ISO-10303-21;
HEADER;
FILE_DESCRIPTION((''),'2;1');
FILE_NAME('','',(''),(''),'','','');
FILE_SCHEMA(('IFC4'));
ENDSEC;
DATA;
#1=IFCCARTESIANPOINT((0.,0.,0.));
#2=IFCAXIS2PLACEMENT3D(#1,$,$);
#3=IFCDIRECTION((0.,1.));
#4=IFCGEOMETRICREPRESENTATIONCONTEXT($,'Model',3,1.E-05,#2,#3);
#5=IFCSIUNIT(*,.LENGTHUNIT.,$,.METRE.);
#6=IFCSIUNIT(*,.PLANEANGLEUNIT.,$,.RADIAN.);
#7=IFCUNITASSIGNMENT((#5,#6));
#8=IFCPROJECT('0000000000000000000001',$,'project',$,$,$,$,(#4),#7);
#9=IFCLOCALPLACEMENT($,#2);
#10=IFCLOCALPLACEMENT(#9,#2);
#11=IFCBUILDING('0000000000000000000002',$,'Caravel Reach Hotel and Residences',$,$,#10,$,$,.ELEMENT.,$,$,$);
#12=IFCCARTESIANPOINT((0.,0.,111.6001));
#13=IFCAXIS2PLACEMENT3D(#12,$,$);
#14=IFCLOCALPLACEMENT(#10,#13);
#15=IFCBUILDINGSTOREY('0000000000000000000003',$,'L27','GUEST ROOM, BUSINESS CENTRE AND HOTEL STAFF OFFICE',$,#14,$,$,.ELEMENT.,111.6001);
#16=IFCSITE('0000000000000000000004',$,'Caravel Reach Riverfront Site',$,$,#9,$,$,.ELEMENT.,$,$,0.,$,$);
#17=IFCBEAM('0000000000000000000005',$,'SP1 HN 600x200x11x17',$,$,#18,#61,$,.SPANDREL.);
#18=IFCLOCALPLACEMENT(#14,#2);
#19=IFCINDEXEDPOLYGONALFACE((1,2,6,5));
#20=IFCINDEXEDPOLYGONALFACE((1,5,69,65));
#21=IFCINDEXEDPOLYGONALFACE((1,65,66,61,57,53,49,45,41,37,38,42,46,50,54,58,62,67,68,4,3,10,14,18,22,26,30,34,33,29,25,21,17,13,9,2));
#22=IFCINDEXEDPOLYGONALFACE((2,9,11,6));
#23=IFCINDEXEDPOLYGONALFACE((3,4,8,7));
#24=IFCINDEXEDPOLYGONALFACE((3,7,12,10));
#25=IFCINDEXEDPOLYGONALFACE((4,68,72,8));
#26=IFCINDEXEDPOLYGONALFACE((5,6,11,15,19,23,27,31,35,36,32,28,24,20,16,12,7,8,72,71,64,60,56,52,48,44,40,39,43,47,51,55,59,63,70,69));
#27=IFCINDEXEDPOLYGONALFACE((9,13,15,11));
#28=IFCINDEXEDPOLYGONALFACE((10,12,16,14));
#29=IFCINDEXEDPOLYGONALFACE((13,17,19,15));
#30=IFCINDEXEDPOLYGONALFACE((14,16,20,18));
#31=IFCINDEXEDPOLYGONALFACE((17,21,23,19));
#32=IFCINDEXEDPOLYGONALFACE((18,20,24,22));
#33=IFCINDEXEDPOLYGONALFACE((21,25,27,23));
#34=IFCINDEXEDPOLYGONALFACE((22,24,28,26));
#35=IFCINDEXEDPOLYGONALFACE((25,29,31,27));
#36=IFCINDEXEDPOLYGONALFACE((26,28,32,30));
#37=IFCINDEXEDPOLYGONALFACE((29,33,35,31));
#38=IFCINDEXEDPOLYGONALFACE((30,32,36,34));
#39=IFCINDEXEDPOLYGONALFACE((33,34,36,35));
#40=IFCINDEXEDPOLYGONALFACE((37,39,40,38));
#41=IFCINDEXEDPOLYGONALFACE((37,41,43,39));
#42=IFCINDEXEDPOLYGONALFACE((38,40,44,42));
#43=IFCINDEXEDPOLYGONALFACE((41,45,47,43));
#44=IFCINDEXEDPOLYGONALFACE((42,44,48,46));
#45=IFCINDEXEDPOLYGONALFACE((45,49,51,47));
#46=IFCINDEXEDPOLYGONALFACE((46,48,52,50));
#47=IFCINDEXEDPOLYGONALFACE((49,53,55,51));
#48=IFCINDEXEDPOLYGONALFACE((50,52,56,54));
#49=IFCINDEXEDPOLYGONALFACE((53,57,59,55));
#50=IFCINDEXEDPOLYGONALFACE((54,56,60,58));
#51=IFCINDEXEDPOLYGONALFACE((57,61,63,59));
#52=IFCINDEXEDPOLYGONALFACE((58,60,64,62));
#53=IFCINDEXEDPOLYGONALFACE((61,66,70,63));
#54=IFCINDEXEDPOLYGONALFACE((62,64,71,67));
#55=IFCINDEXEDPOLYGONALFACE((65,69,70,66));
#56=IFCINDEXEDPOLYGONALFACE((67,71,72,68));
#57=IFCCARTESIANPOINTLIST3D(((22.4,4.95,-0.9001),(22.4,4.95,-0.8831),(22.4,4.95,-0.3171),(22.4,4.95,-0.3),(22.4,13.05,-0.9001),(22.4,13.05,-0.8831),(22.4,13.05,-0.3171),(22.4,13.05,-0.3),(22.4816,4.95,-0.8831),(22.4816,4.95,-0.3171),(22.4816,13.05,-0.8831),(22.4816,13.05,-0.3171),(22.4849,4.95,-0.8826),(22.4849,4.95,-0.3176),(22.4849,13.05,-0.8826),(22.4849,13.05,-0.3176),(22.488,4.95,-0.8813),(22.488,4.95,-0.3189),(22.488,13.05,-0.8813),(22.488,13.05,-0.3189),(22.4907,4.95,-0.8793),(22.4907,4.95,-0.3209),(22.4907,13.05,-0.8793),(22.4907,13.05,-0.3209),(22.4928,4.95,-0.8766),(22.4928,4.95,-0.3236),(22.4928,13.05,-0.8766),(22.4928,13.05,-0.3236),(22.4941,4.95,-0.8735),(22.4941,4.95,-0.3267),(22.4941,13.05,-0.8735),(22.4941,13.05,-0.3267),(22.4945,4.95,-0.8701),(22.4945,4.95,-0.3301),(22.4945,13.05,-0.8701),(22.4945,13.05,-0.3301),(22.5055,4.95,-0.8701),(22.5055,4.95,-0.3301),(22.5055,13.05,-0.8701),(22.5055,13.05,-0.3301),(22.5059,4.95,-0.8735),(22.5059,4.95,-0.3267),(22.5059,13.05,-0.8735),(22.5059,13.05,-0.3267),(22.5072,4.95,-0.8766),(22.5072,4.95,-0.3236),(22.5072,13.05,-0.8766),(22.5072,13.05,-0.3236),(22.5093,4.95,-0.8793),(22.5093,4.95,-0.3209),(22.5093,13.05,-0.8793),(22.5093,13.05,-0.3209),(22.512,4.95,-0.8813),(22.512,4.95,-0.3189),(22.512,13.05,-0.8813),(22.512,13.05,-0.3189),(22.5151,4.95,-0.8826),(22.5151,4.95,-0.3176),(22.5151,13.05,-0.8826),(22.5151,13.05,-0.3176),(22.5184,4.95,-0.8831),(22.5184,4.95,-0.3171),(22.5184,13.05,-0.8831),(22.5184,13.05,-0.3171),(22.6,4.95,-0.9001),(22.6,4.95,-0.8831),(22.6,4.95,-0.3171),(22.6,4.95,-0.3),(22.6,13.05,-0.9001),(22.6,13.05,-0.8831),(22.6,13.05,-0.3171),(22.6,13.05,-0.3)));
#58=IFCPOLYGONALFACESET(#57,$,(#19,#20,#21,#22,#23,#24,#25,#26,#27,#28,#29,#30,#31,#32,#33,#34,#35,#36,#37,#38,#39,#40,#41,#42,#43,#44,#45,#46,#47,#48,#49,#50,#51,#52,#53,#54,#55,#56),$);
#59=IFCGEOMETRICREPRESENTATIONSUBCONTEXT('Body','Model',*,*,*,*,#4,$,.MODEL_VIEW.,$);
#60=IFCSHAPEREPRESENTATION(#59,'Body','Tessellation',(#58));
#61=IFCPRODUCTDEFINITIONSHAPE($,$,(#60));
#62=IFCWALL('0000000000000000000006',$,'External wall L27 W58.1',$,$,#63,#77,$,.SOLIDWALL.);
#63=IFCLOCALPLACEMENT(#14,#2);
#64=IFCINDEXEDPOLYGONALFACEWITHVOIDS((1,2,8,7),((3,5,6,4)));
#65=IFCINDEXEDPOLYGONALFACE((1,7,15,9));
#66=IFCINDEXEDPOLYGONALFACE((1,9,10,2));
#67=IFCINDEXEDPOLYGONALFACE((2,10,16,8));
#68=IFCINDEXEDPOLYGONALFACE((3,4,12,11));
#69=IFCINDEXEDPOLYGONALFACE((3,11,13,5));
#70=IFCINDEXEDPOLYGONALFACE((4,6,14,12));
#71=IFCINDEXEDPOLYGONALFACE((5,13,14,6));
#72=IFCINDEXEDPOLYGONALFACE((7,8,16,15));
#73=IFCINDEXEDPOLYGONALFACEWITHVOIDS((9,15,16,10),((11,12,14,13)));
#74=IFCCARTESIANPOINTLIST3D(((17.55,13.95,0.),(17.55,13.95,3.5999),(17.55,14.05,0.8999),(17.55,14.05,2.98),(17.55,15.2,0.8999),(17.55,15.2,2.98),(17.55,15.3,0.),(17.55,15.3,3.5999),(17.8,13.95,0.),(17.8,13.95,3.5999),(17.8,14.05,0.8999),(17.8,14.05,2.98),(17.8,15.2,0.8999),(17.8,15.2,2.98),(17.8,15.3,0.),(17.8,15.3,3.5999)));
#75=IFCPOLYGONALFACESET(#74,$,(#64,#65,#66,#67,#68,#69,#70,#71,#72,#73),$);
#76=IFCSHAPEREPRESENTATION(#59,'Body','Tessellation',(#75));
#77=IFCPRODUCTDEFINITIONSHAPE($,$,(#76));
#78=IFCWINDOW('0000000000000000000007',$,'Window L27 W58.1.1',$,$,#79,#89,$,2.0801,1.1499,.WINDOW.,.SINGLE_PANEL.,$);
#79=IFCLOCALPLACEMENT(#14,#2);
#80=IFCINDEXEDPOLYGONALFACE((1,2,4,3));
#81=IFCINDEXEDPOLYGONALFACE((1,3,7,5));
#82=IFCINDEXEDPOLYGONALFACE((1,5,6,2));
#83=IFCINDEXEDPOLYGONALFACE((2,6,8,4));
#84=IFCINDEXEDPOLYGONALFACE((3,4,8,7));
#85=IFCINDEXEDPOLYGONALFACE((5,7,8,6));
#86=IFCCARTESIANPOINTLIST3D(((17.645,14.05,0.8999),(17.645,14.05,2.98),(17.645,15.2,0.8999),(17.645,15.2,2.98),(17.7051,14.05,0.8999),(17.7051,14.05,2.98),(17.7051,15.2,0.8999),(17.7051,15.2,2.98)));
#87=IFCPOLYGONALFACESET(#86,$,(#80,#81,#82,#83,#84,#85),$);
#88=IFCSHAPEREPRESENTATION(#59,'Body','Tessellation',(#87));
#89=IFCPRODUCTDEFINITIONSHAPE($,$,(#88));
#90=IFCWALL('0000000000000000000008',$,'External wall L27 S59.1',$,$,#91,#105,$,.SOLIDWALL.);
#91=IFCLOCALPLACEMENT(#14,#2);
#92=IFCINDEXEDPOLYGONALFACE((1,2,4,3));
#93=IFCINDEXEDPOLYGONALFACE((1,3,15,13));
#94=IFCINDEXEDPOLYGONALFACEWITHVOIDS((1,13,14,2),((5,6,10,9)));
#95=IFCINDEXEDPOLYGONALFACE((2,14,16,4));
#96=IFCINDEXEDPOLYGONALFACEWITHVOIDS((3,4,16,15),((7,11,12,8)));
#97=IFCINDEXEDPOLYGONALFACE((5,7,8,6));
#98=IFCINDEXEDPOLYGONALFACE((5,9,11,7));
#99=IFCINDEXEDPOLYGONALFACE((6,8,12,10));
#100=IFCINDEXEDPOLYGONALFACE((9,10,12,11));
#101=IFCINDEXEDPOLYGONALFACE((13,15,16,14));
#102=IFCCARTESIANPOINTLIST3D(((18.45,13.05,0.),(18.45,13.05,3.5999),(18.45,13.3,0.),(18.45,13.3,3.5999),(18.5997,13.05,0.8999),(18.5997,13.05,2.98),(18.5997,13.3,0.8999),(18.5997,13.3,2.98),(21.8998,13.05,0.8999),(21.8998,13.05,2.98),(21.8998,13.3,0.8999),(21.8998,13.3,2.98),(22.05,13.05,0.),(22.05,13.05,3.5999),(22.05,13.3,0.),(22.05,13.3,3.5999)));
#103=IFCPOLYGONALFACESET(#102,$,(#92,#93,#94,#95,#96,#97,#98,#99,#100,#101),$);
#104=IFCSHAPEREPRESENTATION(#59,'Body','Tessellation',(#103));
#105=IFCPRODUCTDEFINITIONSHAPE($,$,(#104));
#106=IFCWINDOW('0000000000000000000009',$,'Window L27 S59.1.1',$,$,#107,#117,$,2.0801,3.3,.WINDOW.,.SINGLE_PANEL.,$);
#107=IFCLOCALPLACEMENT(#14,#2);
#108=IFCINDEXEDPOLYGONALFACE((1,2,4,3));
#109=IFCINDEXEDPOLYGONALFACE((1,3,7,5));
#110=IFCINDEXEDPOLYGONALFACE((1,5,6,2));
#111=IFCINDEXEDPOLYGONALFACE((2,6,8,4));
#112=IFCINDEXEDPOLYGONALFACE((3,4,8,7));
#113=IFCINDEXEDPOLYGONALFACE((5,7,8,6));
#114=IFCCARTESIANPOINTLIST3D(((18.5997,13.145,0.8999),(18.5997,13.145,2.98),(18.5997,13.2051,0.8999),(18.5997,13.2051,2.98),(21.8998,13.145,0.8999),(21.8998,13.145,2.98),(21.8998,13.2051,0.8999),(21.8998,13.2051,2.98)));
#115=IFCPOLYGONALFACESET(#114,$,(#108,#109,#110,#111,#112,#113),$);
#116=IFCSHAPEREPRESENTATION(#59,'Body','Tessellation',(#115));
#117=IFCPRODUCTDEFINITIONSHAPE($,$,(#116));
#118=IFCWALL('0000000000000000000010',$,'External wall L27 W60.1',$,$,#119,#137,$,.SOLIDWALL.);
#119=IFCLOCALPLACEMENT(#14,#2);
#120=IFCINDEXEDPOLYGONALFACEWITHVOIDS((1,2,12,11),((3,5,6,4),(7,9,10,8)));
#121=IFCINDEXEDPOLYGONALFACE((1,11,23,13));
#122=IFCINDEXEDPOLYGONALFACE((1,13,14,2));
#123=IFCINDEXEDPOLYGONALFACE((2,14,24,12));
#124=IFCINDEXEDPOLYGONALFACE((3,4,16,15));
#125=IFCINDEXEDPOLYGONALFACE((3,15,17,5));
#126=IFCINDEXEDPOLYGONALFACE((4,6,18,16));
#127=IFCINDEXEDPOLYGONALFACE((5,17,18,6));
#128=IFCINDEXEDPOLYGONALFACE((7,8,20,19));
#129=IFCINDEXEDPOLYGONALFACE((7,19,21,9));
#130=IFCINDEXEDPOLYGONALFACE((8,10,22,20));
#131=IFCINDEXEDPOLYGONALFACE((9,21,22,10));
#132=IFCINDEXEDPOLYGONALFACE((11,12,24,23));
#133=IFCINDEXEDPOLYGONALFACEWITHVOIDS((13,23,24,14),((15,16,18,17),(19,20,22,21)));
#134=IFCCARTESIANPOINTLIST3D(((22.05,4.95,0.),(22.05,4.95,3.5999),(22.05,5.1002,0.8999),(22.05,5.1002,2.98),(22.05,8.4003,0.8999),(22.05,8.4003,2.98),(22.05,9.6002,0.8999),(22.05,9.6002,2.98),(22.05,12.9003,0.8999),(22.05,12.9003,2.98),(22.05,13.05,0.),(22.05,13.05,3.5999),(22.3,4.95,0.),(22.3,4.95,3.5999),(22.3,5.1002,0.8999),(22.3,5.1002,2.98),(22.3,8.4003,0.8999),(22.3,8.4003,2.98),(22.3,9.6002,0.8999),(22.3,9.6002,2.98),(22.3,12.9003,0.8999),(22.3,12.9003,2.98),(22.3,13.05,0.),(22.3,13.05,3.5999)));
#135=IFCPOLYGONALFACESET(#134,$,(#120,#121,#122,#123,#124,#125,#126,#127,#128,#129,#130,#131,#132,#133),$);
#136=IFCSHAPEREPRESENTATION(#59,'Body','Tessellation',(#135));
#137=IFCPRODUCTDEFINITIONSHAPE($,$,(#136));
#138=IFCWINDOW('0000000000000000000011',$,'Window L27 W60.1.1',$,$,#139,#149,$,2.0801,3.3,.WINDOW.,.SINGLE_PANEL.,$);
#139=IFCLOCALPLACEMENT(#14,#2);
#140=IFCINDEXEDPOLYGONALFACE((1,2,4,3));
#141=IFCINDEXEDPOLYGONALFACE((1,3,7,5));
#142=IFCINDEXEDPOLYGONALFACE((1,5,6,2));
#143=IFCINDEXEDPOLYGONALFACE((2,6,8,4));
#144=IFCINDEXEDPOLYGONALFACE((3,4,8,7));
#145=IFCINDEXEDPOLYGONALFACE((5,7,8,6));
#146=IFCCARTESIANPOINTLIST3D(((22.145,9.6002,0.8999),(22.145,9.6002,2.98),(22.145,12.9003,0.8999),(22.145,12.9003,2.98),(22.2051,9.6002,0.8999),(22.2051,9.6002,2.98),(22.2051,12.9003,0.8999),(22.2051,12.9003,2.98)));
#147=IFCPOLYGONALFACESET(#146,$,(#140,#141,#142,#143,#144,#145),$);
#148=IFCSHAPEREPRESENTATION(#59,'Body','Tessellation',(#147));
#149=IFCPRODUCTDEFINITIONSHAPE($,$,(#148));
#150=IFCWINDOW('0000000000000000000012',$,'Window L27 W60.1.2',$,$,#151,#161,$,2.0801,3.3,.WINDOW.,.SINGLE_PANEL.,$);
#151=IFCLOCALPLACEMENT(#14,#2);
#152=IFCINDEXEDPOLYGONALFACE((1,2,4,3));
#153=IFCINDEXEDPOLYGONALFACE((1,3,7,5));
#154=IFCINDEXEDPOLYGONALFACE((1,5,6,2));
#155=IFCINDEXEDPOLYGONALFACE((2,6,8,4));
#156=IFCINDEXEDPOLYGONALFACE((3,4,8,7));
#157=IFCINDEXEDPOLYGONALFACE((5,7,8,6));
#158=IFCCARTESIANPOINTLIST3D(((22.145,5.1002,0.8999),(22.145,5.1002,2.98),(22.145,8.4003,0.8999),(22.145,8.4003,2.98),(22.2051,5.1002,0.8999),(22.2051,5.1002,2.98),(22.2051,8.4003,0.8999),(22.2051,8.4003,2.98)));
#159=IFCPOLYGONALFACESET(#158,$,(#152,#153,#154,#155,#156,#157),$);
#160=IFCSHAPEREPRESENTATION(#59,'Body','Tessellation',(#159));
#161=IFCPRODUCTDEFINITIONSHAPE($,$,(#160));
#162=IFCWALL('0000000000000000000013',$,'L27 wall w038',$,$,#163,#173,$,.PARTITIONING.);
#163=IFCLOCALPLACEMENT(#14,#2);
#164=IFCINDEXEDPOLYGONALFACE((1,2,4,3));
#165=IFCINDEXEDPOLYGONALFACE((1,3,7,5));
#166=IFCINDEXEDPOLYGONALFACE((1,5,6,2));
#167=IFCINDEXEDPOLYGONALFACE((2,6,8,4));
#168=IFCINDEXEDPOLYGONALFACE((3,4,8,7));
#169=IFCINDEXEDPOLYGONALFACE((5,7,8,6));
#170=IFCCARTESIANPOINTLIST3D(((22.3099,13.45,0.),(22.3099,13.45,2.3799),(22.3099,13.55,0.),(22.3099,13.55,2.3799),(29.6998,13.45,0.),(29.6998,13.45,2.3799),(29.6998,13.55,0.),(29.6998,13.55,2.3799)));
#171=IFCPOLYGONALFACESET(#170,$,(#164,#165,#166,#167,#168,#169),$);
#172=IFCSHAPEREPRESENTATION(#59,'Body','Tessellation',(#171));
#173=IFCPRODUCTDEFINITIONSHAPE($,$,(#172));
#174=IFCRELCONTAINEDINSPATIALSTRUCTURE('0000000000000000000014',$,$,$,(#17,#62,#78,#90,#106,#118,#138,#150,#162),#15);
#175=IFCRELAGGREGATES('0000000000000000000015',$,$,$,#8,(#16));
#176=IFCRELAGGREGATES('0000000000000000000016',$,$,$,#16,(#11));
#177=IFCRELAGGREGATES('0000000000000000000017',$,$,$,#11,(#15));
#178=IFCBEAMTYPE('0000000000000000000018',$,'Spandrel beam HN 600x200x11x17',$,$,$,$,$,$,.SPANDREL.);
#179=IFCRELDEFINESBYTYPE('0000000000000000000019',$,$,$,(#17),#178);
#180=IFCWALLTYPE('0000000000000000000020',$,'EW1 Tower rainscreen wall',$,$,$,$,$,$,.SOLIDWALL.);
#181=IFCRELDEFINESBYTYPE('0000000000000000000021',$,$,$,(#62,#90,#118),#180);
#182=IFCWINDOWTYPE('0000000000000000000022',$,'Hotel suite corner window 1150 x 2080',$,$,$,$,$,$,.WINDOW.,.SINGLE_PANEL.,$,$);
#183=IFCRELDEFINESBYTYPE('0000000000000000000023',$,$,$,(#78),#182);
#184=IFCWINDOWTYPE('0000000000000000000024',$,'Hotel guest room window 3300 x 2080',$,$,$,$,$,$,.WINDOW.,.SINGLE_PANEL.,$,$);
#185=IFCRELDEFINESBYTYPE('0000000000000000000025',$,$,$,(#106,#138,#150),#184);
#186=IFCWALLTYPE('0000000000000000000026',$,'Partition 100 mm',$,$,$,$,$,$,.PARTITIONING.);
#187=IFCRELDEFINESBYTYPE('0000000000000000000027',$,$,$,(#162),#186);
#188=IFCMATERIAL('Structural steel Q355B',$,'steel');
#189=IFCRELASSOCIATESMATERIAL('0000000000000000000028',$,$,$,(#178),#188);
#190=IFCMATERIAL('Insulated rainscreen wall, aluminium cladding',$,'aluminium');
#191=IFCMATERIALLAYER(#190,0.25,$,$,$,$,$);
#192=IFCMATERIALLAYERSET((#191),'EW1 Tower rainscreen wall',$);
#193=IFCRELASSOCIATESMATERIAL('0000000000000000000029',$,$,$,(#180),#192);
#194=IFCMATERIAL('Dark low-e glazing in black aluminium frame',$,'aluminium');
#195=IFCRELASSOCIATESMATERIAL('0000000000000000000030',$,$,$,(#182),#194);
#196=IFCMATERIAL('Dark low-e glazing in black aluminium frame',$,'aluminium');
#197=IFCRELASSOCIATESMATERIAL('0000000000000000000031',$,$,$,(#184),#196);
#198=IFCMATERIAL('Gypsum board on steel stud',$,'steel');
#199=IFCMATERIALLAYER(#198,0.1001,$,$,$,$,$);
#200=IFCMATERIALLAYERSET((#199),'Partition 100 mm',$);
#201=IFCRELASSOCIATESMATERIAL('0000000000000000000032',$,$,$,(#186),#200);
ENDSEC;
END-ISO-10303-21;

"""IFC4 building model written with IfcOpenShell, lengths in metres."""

from ifc_helpers import new_model, si_unit, direction, frame, frame_2d, origin, origin_2d, place, context, subcontext, project, spatial, rectangle, i_section, extrude, material, layer, layer_set, material_profile, profile_set, type_object, element, fill, save


model = new_model("IFC4")

# Units and contexts
model_context = context("Model", 3, precision=1e-05, world=origin(), true_north=direction((0.0, 1.0)))
body_context = subcontext(model_context, "Body", "Model", "MODEL_VIEW")
ifc_project = project(units=[si_unit("LENGTHUNIT", "METRE"), si_unit("PLANEANGLEUNIT", "RADIAN")], contexts=[model_context])

# Site, building, storey
site_placement = place(None, origin())
site = spatial("IfcSite", under=ifc_project, at=site_placement, Name="Caravel Reach Riverfront Site", CompositionType="ELEMENT", RefElevation=0.0)
building_placement = place(site_placement, origin())
building = spatial("IfcBuilding", under=site, at=building_placement, Name="Caravel Reach Hotel and Residences", CompositionType="ELEMENT")
storey_placement = place(building_placement, frame((0.0, 0.0, 111.6001)))
storey = spatial("IfcBuildingStorey", under=building, at=storey_placement, Name="L27", Description="GUEST ROOM, BUSINESS CENTRE AND HOTEL STAFF OFFICE", CompositionType="ELEMENT", Elevation=111.6001)

# Beam
ifc_material_1 = material(Name="Structural steel Q355B", Category="steel")
ifc_material_profile_1 = material_profile(ifc_material_1, i_section(OverallWidth=0.2, OverallDepth=0.6001, WebThickness=0.011, FlangeThickness=0.0171, FilletRadius=0.0129, at=origin_2d()), Name="HN 600x200x11x17")
ifc_profile_set_1 = profile_set([ifc_material_profile_1], Name="Structural steel Q355B")
beam_type_1 = type_object("IfcBeamType", Name="Spandrel beam HN 600x200x11x17", PredefinedType="SPANDREL", material=ifc_profile_set_1)
beam_1_placement = place(storey_placement, frame((22.5, 13.05, -0.6001), z_axis=(0.0, -1.0, 0.0), x_axis=(1.0, 0.0, 0.0)))
element("IfcBeam", 1, at=beam_1_placement, inside=storey, type_object=beam_type_1, Name="SP1 HN 600x200x11x17", PredefinedType="SPANDREL", context=body_context, shape_type="SweptSolid", body=[
    extrude(i_section(OverallWidth=0.2, OverallDepth=0.6001, WebThickness=0.011, FlangeThickness=0.0171, FilletRadius=0.0129, at=origin_2d()), origin(), (0.0, 0.0, 1.0), 8.1001),
])

# Walls, openings, windows
ifc_material_2 = material(Name="Insulated rainscreen wall, aluminium cladding", Category="aluminium")
ifc_layer_1 = layer(ifc_material_2, 0.25)
ifc_layer_set_1 = layer_set([ifc_layer_1], Name="EW1 Tower rainscreen wall")
wall_type_1 = type_object("IfcWallType", Name="EW1 Tower rainscreen wall", PredefinedType="SOLIDWALL", material=ifc_layer_set_1)
wall_1_placement = place(storey_placement, frame((17.675, 15.3, 0.0), z_axis=(0.0, 0.0, 1.0), x_axis=(0.0, -1.0, 0.0)))
wall_1 = element("IfcWall", 2, at=wall_1_placement, inside=storey, type_object=wall_type_1, Name="External wall L27 W58.1", PredefinedType="SOLIDWALL", context=body_context, shape_type="SweptSolid", body=[
    extrude(rectangle(XDim=1.3501, YDim=0.25, at=frame_2d((0.675, 0.0))), origin(), (0.0, 0.0, 1.0), 3.5999),
])
opening_1_placement = place(wall_1_placement, frame((0.1001, 0.0, 0.8999)))
opening_1 = element("IfcOpeningElement", 3, at=opening_1_placement, cuts=wall_1, PredefinedType="OPENING", context=body_context, shape_type="SweptSolid", body=[
    extrude(rectangle(XDim=1.1499, YDim=2.0801, at=frame_2d((0.575, 1.04))), frame((0.0, 0.135, 0.0), z_axis=(0.0, -1.0, 0.0), x_axis=(1.0, 0.0, 0.0)), (0.0, 0.0, 1.0), 0.27),
])
ifc_material_3 = material(Name="Dark low-e glazing in black aluminium frame", Category="aluminium")
window_type_1 = type_object("IfcWindowType", Name="Hotel suite corner window 1150 x 2080", PartitioningType="SINGLE_PANEL", PredefinedType="WINDOW", material=ifc_material_3)
window_1_placement = place(opening_1_placement, origin())
window_1 = element("IfcWindow", 4, at=window_1_placement, inside=storey, type_object=window_type_1, Name="Window L27 W58.1.1", OverallHeight=2.0801, OverallWidth=1.1499, PartitioningType="SINGLE_PANEL", PredefinedType="WINDOW", context=body_context, shape_type="SweptSolid", body=[
    extrude(rectangle(XDim=1.1499, YDim=2.0801, at=frame_2d((0.575, 1.04))), frame((0.0, 0.03, 0.0), z_axis=(0.0, -1.0, 0.0), x_axis=(1.0, 0.0, 0.0)), (0.0, 0.0, 1.0), 0.0601),
])
fill(opening_1, window_1)
wall_2_placement = place(storey_placement, frame((18.45, 13.175, 0.0), z_axis=(0.0, 0.0, 1.0), x_axis=(1.0, 0.0, 0.0)))
wall_2 = element("IfcWall", 5, at=wall_2_placement, inside=storey, type_object=wall_type_1, Name="External wall L27 S59.1", PredefinedType="SOLIDWALL", context=body_context, shape_type="SweptSolid", body=[
    extrude(rectangle(XDim=3.6001, YDim=0.25, at=frame_2d((1.8, 0.0))), origin(), (0.0, 0.0, 1.0), 3.5999),
])
opening_2_placement = place(wall_2_placement, frame((0.1499, 0.0, 0.8999)))
opening_2 = element("IfcOpeningElement", 6, at=opening_2_placement, cuts=wall_2, PredefinedType="OPENING", context=body_context, shape_type="SweptSolid", body=[
    extrude(rectangle(XDim=3.3, YDim=2.0801, at=frame_2d((1.6499, 1.04))), frame((0.0, 0.135, 0.0), z_axis=(0.0, -1.0, 0.0), x_axis=(1.0, 0.0, 0.0)), (0.0, 0.0, 1.0), 0.27),
])
ifc_material_4 = material(Name="Dark low-e glazing in black aluminium frame", Category="aluminium")
window_type_2 = type_object("IfcWindowType", Name="Hotel guest room window 3300 x 2080", PartitioningType="SINGLE_PANEL", PredefinedType="WINDOW", material=ifc_material_4)
window_2_placement = place(opening_2_placement, origin())
window_2 = element("IfcWindow", 7, at=window_2_placement, inside=storey, type_object=window_type_2, Name="Window L27 S59.1.1", OverallHeight=2.0801, OverallWidth=3.3, PartitioningType="SINGLE_PANEL", PredefinedType="WINDOW", context=body_context, shape_type="SweptSolid", body=[
    extrude(rectangle(XDim=3.3, YDim=2.0801, at=frame_2d((1.6499, 1.04))), frame((0.0, 0.03, 0.0), z_axis=(0.0, -1.0, 0.0), x_axis=(1.0, 0.0, 0.0)), (0.0, 0.0, 1.0), 0.0601),
])
fill(opening_2, window_2)

# Wall, openings, windows
wall_3_placement = place(storey_placement, frame((22.175, 13.05, 0.0), z_axis=(0.0, 0.0, 1.0), x_axis=(0.0, -1.0, 0.0)))
wall_3 = element("IfcWall", 8, at=wall_3_placement, inside=storey, type_object=wall_type_1, Name="External wall L27 W60.1", PredefinedType="SOLIDWALL", context=body_context, shape_type="SweptSolid", body=[
    extrude(rectangle(XDim=8.1001, YDim=0.25, at=frame_2d((4.05, 0.0))), origin(), (0.0, 0.0, 1.0), 3.5999),
])
opening_3_placement = place(wall_3_placement, frame((0.1499, 0.0, 0.8999)))
opening_3 = element("IfcOpeningElement", 9, at=opening_3_placement, cuts=wall_3, PredefinedType="OPENING", context=body_context, shape_type="SweptSolid", body=[
    extrude(rectangle(XDim=3.3, YDim=2.0801, at=frame_2d((1.6499, 1.04))), frame((0.0, 0.135, 0.0), z_axis=(0.0, -1.0, 0.0), x_axis=(1.0, 0.0, 0.0)), (0.0, 0.0, 1.0), 0.27),
])
opening_4_placement = place(wall_3_placement, frame((4.6499, 0.0, 0.8999)))
opening_4 = element("IfcOpeningElement", 10, at=opening_4_placement, cuts=wall_3, PredefinedType="OPENING", context=body_context, shape_type="SweptSolid", body=[
    extrude(rectangle(XDim=3.3, YDim=2.0801, at=frame_2d((1.6499, 1.04))), frame((0.0, 0.135, 0.0), z_axis=(0.0, -1.0, 0.0), x_axis=(1.0, 0.0, 0.0)), (0.0, 0.0, 1.0), 0.27),
])
window_3_placement = place(opening_3_placement, origin())
window_3 = element("IfcWindow", 11, at=window_3_placement, inside=storey, type_object=window_type_2, Name="Window L27 W60.1.1", OverallHeight=2.0801, OverallWidth=3.3, PartitioningType="SINGLE_PANEL", PredefinedType="WINDOW", context=body_context, shape_type="SweptSolid", body=[
    extrude(rectangle(XDim=3.3, YDim=2.0801, at=frame_2d((1.6499, 1.04))), frame((0.0, 0.03, 0.0), z_axis=(0.0, -1.0, 0.0), x_axis=(1.0, 0.0, 0.0)), (0.0, 0.0, 1.0), 0.0601),
])
fill(opening_3, window_3)
window_4_placement = place(opening_4_placement, origin())
window_4 = element("IfcWindow", 12, at=window_4_placement, inside=storey, type_object=window_type_2, Name="Window L27 W60.1.2", OverallHeight=2.0801, OverallWidth=3.3, PartitioningType="SINGLE_PANEL", PredefinedType="WINDOW", context=body_context, shape_type="SweptSolid", body=[
    extrude(rectangle(XDim=3.3, YDim=2.0801, at=frame_2d((1.6499, 1.04))), frame((0.0, 0.03, 0.0), z_axis=(0.0, -1.0, 0.0), x_axis=(1.0, 0.0, 0.0)), (0.0, 0.0, 1.0), 0.0601),
])
fill(opening_4, window_4)

# Wall
ifc_material_5 = material(Name="Gypsum board on steel stud", Category="steel")
ifc_layer_2 = layer(ifc_material_5, 0.1001)
ifc_layer_set_2 = layer_set([ifc_layer_2], Name="Partition 100 mm")
wall_type_2 = type_object("IfcWallType", Name="Partition 100 mm", PredefinedType="PARTITIONING", material=ifc_layer_set_2)
wall_4_placement = place(storey_placement, frame((22.3101, 13.5, 0.0), z_axis=(0.0, 0.0, 1.0), x_axis=(1.0, 0.0, 0.0)))
element("IfcWall", 13, at=wall_4_placement, inside=storey, type_object=wall_type_2, Name="L27 wall w038", PredefinedType="PARTITIONING", context=body_context, shape_type="SweptSolid", body=[
    extrude(rectangle(XDim=7.3899, YDim=0.1001, at=frame_2d((3.6948, 0.0))), origin(), (0.0, 0.0, 1.0), 2.3799),
])

save(model, "model.ifc")
